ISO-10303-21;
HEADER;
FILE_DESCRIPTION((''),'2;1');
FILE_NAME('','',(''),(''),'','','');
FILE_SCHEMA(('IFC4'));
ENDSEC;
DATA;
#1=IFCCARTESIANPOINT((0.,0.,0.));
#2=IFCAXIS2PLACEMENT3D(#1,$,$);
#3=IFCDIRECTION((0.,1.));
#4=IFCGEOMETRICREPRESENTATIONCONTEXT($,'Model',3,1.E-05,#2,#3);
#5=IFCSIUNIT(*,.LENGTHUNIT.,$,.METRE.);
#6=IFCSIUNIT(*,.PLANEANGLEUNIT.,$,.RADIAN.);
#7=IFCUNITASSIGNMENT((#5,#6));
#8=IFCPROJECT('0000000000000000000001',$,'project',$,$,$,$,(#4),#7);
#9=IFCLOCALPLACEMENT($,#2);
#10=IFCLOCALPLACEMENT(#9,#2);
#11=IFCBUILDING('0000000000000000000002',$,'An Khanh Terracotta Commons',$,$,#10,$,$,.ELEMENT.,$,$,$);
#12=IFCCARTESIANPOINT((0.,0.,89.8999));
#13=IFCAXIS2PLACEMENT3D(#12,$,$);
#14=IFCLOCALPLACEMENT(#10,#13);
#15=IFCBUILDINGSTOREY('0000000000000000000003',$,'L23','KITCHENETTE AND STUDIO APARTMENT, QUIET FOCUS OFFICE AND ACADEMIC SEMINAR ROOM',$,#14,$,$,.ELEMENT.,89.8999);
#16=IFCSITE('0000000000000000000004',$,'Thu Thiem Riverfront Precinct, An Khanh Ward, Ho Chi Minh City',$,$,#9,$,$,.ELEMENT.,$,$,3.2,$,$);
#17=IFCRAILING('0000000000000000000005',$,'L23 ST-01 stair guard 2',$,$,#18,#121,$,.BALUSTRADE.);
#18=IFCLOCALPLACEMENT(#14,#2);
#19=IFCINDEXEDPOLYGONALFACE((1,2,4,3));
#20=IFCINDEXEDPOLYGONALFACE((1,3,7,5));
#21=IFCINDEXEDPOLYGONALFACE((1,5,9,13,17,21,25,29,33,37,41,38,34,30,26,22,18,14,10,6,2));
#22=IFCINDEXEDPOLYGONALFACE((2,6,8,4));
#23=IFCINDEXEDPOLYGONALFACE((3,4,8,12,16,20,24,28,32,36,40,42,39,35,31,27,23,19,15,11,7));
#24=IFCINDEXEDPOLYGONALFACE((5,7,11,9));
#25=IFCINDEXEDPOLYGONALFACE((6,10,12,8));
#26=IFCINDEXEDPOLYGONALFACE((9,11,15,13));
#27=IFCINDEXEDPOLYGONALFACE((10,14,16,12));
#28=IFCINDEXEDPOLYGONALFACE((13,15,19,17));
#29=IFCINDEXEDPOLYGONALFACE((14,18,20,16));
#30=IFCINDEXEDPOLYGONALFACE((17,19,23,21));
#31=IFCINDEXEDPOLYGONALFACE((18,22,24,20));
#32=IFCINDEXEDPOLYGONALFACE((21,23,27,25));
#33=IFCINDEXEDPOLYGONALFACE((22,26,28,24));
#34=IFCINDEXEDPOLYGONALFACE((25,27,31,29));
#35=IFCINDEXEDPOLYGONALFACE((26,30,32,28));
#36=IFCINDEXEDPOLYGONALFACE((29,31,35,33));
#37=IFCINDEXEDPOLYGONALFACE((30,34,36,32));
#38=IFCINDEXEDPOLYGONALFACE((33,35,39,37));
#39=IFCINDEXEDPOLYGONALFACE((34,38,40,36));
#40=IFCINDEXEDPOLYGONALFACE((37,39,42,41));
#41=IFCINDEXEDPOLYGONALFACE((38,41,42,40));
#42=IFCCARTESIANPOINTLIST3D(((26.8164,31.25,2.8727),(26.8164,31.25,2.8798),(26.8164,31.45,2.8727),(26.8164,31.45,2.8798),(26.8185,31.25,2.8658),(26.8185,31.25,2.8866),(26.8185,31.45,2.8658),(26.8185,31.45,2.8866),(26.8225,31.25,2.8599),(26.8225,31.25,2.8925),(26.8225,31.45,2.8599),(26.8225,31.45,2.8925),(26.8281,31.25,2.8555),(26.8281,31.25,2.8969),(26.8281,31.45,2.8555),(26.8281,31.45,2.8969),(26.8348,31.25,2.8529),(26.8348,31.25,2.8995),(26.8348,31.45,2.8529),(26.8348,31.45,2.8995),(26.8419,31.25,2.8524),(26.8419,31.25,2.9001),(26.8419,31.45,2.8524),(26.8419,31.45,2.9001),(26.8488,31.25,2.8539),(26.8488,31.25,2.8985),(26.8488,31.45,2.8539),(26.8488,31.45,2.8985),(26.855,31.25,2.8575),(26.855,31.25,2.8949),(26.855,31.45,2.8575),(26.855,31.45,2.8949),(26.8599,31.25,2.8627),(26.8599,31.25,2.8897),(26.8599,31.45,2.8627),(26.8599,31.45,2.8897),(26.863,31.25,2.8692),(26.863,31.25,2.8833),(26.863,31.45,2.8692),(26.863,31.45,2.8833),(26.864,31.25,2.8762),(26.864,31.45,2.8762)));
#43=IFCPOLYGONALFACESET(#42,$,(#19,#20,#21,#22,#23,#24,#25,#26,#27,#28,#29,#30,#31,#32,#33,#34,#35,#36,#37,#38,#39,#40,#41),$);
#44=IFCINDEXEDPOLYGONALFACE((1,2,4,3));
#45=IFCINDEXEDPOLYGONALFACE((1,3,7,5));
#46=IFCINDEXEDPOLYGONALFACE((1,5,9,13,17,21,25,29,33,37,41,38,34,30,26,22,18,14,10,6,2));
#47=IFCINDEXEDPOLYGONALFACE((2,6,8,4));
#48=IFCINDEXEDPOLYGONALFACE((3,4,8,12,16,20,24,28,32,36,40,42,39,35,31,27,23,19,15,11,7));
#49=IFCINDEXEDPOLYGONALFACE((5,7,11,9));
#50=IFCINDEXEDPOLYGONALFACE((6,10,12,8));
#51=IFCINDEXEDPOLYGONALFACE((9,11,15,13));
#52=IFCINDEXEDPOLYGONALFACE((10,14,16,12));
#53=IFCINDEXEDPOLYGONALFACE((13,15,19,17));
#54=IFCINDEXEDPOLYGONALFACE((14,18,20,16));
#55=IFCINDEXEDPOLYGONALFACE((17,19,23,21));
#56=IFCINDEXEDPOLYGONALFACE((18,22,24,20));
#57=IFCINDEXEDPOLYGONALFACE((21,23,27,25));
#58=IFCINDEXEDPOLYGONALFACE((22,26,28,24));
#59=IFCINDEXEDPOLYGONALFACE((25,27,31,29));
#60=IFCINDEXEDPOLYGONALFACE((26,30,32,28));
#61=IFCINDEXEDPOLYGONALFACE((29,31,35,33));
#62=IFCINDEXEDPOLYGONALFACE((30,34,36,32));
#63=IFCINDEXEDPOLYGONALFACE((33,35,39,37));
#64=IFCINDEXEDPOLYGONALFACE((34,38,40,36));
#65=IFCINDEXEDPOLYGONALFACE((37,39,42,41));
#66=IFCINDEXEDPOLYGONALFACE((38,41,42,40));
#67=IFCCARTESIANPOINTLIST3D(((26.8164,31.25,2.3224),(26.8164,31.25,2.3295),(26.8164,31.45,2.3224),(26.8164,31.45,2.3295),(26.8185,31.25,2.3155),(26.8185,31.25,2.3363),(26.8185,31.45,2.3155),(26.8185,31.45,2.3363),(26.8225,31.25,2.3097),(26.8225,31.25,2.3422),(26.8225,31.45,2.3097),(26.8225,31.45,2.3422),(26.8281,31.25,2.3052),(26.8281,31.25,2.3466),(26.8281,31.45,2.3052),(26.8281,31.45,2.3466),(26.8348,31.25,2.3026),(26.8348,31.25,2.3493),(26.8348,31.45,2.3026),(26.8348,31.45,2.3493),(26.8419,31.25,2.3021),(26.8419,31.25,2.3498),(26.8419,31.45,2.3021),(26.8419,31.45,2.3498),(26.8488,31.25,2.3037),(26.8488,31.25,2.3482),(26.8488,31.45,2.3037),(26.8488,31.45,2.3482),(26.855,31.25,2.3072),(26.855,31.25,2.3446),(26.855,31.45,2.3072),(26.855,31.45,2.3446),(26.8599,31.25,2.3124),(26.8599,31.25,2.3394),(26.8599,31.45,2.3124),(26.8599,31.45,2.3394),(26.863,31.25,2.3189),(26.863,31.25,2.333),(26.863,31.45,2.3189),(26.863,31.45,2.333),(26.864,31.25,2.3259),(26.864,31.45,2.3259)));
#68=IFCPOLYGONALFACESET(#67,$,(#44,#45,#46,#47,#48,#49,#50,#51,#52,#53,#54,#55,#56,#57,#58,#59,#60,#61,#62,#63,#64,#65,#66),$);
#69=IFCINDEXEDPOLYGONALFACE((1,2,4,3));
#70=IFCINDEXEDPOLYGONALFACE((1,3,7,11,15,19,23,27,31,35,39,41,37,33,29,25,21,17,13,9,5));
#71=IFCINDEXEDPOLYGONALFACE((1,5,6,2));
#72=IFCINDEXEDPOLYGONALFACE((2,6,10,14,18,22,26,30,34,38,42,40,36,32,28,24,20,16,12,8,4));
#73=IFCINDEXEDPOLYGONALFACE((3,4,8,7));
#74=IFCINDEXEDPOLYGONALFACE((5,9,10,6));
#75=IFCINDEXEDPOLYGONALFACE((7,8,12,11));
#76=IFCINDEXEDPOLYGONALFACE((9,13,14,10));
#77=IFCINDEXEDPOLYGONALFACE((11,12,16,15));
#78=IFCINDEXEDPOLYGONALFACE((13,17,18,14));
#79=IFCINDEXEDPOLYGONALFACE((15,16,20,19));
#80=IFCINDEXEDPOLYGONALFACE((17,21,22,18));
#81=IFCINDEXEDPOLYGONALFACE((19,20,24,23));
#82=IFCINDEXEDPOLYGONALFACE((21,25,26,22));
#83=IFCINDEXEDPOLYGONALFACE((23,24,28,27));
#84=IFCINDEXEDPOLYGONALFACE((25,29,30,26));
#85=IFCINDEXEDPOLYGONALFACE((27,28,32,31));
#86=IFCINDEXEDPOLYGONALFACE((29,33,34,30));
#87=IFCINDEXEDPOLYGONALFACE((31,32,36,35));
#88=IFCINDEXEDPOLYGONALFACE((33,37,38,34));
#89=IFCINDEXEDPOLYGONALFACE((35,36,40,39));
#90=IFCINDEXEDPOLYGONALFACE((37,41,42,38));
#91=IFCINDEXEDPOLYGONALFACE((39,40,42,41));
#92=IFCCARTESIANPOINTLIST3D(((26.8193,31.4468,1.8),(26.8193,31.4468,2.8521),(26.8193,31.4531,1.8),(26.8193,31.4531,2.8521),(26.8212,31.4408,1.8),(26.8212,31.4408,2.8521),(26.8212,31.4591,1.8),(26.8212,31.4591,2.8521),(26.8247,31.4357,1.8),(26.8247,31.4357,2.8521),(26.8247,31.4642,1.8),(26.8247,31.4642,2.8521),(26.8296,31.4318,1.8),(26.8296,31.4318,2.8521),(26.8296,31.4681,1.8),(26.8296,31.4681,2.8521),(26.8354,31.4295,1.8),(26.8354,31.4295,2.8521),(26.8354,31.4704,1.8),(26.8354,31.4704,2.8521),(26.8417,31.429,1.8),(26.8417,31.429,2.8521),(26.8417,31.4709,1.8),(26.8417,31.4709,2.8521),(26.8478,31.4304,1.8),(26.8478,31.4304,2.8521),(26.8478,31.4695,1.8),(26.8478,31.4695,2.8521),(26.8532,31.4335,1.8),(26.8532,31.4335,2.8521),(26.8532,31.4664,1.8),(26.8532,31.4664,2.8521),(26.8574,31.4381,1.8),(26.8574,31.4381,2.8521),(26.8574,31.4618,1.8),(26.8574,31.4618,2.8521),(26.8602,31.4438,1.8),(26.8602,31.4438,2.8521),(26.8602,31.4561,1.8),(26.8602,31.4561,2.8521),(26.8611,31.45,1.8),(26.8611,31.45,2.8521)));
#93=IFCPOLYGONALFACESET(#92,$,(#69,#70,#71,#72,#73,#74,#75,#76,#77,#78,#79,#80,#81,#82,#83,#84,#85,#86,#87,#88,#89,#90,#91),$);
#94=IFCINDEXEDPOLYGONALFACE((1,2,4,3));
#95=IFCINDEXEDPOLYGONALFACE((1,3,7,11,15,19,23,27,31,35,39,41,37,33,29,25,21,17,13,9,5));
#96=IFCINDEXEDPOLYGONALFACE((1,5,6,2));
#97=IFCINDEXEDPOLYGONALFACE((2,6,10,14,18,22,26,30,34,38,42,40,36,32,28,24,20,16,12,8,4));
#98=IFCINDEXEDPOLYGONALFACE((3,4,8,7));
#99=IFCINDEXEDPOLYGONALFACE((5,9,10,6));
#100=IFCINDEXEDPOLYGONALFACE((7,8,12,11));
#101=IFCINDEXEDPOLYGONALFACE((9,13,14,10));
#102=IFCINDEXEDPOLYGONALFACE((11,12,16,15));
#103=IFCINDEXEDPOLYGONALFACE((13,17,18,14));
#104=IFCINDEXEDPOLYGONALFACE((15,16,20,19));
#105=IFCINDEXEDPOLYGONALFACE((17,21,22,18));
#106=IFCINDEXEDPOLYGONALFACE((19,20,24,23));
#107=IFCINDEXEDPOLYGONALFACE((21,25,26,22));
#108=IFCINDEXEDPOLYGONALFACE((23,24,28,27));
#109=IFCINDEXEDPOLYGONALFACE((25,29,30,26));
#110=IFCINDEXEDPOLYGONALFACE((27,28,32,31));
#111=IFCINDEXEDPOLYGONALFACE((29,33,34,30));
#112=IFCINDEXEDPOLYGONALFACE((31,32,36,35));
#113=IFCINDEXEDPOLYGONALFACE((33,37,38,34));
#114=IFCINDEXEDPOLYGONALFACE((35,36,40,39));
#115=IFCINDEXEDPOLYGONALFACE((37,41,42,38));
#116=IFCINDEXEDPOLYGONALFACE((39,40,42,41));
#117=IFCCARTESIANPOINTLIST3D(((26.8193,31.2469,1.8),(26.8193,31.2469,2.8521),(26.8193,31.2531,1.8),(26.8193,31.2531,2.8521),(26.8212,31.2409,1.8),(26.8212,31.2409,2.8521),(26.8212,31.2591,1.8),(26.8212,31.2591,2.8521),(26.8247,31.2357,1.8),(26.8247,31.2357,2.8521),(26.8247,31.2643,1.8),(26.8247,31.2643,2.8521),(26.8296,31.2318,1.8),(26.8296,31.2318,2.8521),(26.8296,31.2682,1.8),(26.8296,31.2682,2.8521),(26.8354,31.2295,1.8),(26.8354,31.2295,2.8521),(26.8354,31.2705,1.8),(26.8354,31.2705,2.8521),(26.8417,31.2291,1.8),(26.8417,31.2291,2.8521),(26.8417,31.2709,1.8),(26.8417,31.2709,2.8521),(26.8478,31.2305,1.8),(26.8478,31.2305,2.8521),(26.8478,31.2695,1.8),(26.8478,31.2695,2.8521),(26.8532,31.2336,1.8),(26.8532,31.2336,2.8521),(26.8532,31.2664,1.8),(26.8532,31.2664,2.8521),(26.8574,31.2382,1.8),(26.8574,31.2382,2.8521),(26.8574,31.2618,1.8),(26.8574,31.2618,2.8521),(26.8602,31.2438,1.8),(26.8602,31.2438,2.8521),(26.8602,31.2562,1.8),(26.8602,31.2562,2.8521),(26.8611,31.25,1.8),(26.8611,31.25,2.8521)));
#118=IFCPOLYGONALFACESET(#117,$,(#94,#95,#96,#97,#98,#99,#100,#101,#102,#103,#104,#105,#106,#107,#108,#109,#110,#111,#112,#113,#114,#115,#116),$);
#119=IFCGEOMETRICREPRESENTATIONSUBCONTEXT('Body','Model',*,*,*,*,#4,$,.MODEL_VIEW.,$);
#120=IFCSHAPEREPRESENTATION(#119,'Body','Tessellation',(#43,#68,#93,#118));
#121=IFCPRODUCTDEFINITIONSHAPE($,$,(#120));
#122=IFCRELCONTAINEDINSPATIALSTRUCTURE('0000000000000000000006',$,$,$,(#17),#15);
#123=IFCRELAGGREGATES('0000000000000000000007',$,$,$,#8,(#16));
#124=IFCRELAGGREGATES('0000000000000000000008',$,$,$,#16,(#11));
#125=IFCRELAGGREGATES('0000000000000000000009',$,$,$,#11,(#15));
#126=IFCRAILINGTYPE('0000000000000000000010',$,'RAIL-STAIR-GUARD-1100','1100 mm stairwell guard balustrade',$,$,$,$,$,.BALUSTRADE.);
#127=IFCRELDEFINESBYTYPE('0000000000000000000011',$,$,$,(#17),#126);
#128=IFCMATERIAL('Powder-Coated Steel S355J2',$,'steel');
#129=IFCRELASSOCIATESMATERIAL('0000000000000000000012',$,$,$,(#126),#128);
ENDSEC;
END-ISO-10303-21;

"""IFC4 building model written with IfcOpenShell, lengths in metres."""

from ifc_helpers import new_model, si_unit, direction, frame, origin, origin_2d, place, context, subcontext, project, spatial, circle, extrude, material, type_object, element, save


model = new_model("IFC4")

# Units and contexts
model_context = context("Model", 3, precision=1e-05, world=origin(), true_north=direction((0.0, 1.0)))
body_context = subcontext(model_context, "Body", "Model", "MODEL_VIEW")
ifc_project = project(units=[si_unit("LENGTHUNIT", "METRE"), si_unit("PLANEANGLEUNIT", "RADIAN")], contexts=[model_context])

# Site, building, storey
site_placement = place(None, origin())
site = spatial("IfcSite", under=ifc_project, at=site_placement, Name="Thu Thiem Riverfront Precinct, An Khanh Ward, Ho Chi Minh City", CompositionType="ELEMENT", RefElevation=3.2)
building_placement = place(site_placement, origin())
building = spatial("IfcBuilding", under=site, at=building_placement, Name="An Khanh Terracotta Commons", CompositionType="ELEMENT")
storey_placement = place(building_placement, frame((0.0, 0.0, 89.8999)))
storey = spatial("IfcBuildingStorey", under=building, at=storey_placement, Name="L23", Description="KITCHENETTE AND STUDIO APARTMENT, QUIET FOCUS OFFICE AND ACADEMIC SEMINAR ROOM", CompositionType="ELEMENT", Elevation=89.8999)

# Railing
ifc_material_1 = material(Name="Powder-Coated Steel S355J2", Category="steel")
railing_type_1 = type_object("IfcRailingType", Name="RAIL-STAIR-GUARD-1100", Description="1100 mm stairwell guard balustrade", PredefinedType="BALUSTRADE", material=ifc_material_1)
railing_1_placement = place(storey_placement, frame((26.8401, 31.45, 1.8)))
element("IfcRailing", 1, at=railing_1_placement, inside=storey, type_object=railing_type_1, Name="L23 ST-01 stair guard 2", PredefinedType="BALUSTRADE", context=body_context, shape_type="SweptSolid", body=[
    extrude(circle(Radius=0.0239, at=origin_2d()), frame((0.0, 0.0, 1.0762), z_axis=(0.0, -1.0, 0.0), x_axis=(1.0, 0.0, 0.0)), (0.0, 0.0, 1.0), 0.2),
    extrude(circle(Radius=0.0239, at=origin_2d()), frame((0.0, 0.0, 0.5259), z_axis=(0.0, -1.0, 0.0), x_axis=(1.0, 0.0, 0.0)), (0.0, 0.0, 1.0), 0.2),
    extrude(circle(Radius=0.021, at=origin_2d()), origin(), (0.0, 0.0, 1.0), 1.052),
    extrude(circle(Radius=0.021, at=origin_2d()), frame((0.0, -0.2, 0.0)), (0.0, 0.0, 1.0), 1.052),
])

save(model, "model.ifc")
